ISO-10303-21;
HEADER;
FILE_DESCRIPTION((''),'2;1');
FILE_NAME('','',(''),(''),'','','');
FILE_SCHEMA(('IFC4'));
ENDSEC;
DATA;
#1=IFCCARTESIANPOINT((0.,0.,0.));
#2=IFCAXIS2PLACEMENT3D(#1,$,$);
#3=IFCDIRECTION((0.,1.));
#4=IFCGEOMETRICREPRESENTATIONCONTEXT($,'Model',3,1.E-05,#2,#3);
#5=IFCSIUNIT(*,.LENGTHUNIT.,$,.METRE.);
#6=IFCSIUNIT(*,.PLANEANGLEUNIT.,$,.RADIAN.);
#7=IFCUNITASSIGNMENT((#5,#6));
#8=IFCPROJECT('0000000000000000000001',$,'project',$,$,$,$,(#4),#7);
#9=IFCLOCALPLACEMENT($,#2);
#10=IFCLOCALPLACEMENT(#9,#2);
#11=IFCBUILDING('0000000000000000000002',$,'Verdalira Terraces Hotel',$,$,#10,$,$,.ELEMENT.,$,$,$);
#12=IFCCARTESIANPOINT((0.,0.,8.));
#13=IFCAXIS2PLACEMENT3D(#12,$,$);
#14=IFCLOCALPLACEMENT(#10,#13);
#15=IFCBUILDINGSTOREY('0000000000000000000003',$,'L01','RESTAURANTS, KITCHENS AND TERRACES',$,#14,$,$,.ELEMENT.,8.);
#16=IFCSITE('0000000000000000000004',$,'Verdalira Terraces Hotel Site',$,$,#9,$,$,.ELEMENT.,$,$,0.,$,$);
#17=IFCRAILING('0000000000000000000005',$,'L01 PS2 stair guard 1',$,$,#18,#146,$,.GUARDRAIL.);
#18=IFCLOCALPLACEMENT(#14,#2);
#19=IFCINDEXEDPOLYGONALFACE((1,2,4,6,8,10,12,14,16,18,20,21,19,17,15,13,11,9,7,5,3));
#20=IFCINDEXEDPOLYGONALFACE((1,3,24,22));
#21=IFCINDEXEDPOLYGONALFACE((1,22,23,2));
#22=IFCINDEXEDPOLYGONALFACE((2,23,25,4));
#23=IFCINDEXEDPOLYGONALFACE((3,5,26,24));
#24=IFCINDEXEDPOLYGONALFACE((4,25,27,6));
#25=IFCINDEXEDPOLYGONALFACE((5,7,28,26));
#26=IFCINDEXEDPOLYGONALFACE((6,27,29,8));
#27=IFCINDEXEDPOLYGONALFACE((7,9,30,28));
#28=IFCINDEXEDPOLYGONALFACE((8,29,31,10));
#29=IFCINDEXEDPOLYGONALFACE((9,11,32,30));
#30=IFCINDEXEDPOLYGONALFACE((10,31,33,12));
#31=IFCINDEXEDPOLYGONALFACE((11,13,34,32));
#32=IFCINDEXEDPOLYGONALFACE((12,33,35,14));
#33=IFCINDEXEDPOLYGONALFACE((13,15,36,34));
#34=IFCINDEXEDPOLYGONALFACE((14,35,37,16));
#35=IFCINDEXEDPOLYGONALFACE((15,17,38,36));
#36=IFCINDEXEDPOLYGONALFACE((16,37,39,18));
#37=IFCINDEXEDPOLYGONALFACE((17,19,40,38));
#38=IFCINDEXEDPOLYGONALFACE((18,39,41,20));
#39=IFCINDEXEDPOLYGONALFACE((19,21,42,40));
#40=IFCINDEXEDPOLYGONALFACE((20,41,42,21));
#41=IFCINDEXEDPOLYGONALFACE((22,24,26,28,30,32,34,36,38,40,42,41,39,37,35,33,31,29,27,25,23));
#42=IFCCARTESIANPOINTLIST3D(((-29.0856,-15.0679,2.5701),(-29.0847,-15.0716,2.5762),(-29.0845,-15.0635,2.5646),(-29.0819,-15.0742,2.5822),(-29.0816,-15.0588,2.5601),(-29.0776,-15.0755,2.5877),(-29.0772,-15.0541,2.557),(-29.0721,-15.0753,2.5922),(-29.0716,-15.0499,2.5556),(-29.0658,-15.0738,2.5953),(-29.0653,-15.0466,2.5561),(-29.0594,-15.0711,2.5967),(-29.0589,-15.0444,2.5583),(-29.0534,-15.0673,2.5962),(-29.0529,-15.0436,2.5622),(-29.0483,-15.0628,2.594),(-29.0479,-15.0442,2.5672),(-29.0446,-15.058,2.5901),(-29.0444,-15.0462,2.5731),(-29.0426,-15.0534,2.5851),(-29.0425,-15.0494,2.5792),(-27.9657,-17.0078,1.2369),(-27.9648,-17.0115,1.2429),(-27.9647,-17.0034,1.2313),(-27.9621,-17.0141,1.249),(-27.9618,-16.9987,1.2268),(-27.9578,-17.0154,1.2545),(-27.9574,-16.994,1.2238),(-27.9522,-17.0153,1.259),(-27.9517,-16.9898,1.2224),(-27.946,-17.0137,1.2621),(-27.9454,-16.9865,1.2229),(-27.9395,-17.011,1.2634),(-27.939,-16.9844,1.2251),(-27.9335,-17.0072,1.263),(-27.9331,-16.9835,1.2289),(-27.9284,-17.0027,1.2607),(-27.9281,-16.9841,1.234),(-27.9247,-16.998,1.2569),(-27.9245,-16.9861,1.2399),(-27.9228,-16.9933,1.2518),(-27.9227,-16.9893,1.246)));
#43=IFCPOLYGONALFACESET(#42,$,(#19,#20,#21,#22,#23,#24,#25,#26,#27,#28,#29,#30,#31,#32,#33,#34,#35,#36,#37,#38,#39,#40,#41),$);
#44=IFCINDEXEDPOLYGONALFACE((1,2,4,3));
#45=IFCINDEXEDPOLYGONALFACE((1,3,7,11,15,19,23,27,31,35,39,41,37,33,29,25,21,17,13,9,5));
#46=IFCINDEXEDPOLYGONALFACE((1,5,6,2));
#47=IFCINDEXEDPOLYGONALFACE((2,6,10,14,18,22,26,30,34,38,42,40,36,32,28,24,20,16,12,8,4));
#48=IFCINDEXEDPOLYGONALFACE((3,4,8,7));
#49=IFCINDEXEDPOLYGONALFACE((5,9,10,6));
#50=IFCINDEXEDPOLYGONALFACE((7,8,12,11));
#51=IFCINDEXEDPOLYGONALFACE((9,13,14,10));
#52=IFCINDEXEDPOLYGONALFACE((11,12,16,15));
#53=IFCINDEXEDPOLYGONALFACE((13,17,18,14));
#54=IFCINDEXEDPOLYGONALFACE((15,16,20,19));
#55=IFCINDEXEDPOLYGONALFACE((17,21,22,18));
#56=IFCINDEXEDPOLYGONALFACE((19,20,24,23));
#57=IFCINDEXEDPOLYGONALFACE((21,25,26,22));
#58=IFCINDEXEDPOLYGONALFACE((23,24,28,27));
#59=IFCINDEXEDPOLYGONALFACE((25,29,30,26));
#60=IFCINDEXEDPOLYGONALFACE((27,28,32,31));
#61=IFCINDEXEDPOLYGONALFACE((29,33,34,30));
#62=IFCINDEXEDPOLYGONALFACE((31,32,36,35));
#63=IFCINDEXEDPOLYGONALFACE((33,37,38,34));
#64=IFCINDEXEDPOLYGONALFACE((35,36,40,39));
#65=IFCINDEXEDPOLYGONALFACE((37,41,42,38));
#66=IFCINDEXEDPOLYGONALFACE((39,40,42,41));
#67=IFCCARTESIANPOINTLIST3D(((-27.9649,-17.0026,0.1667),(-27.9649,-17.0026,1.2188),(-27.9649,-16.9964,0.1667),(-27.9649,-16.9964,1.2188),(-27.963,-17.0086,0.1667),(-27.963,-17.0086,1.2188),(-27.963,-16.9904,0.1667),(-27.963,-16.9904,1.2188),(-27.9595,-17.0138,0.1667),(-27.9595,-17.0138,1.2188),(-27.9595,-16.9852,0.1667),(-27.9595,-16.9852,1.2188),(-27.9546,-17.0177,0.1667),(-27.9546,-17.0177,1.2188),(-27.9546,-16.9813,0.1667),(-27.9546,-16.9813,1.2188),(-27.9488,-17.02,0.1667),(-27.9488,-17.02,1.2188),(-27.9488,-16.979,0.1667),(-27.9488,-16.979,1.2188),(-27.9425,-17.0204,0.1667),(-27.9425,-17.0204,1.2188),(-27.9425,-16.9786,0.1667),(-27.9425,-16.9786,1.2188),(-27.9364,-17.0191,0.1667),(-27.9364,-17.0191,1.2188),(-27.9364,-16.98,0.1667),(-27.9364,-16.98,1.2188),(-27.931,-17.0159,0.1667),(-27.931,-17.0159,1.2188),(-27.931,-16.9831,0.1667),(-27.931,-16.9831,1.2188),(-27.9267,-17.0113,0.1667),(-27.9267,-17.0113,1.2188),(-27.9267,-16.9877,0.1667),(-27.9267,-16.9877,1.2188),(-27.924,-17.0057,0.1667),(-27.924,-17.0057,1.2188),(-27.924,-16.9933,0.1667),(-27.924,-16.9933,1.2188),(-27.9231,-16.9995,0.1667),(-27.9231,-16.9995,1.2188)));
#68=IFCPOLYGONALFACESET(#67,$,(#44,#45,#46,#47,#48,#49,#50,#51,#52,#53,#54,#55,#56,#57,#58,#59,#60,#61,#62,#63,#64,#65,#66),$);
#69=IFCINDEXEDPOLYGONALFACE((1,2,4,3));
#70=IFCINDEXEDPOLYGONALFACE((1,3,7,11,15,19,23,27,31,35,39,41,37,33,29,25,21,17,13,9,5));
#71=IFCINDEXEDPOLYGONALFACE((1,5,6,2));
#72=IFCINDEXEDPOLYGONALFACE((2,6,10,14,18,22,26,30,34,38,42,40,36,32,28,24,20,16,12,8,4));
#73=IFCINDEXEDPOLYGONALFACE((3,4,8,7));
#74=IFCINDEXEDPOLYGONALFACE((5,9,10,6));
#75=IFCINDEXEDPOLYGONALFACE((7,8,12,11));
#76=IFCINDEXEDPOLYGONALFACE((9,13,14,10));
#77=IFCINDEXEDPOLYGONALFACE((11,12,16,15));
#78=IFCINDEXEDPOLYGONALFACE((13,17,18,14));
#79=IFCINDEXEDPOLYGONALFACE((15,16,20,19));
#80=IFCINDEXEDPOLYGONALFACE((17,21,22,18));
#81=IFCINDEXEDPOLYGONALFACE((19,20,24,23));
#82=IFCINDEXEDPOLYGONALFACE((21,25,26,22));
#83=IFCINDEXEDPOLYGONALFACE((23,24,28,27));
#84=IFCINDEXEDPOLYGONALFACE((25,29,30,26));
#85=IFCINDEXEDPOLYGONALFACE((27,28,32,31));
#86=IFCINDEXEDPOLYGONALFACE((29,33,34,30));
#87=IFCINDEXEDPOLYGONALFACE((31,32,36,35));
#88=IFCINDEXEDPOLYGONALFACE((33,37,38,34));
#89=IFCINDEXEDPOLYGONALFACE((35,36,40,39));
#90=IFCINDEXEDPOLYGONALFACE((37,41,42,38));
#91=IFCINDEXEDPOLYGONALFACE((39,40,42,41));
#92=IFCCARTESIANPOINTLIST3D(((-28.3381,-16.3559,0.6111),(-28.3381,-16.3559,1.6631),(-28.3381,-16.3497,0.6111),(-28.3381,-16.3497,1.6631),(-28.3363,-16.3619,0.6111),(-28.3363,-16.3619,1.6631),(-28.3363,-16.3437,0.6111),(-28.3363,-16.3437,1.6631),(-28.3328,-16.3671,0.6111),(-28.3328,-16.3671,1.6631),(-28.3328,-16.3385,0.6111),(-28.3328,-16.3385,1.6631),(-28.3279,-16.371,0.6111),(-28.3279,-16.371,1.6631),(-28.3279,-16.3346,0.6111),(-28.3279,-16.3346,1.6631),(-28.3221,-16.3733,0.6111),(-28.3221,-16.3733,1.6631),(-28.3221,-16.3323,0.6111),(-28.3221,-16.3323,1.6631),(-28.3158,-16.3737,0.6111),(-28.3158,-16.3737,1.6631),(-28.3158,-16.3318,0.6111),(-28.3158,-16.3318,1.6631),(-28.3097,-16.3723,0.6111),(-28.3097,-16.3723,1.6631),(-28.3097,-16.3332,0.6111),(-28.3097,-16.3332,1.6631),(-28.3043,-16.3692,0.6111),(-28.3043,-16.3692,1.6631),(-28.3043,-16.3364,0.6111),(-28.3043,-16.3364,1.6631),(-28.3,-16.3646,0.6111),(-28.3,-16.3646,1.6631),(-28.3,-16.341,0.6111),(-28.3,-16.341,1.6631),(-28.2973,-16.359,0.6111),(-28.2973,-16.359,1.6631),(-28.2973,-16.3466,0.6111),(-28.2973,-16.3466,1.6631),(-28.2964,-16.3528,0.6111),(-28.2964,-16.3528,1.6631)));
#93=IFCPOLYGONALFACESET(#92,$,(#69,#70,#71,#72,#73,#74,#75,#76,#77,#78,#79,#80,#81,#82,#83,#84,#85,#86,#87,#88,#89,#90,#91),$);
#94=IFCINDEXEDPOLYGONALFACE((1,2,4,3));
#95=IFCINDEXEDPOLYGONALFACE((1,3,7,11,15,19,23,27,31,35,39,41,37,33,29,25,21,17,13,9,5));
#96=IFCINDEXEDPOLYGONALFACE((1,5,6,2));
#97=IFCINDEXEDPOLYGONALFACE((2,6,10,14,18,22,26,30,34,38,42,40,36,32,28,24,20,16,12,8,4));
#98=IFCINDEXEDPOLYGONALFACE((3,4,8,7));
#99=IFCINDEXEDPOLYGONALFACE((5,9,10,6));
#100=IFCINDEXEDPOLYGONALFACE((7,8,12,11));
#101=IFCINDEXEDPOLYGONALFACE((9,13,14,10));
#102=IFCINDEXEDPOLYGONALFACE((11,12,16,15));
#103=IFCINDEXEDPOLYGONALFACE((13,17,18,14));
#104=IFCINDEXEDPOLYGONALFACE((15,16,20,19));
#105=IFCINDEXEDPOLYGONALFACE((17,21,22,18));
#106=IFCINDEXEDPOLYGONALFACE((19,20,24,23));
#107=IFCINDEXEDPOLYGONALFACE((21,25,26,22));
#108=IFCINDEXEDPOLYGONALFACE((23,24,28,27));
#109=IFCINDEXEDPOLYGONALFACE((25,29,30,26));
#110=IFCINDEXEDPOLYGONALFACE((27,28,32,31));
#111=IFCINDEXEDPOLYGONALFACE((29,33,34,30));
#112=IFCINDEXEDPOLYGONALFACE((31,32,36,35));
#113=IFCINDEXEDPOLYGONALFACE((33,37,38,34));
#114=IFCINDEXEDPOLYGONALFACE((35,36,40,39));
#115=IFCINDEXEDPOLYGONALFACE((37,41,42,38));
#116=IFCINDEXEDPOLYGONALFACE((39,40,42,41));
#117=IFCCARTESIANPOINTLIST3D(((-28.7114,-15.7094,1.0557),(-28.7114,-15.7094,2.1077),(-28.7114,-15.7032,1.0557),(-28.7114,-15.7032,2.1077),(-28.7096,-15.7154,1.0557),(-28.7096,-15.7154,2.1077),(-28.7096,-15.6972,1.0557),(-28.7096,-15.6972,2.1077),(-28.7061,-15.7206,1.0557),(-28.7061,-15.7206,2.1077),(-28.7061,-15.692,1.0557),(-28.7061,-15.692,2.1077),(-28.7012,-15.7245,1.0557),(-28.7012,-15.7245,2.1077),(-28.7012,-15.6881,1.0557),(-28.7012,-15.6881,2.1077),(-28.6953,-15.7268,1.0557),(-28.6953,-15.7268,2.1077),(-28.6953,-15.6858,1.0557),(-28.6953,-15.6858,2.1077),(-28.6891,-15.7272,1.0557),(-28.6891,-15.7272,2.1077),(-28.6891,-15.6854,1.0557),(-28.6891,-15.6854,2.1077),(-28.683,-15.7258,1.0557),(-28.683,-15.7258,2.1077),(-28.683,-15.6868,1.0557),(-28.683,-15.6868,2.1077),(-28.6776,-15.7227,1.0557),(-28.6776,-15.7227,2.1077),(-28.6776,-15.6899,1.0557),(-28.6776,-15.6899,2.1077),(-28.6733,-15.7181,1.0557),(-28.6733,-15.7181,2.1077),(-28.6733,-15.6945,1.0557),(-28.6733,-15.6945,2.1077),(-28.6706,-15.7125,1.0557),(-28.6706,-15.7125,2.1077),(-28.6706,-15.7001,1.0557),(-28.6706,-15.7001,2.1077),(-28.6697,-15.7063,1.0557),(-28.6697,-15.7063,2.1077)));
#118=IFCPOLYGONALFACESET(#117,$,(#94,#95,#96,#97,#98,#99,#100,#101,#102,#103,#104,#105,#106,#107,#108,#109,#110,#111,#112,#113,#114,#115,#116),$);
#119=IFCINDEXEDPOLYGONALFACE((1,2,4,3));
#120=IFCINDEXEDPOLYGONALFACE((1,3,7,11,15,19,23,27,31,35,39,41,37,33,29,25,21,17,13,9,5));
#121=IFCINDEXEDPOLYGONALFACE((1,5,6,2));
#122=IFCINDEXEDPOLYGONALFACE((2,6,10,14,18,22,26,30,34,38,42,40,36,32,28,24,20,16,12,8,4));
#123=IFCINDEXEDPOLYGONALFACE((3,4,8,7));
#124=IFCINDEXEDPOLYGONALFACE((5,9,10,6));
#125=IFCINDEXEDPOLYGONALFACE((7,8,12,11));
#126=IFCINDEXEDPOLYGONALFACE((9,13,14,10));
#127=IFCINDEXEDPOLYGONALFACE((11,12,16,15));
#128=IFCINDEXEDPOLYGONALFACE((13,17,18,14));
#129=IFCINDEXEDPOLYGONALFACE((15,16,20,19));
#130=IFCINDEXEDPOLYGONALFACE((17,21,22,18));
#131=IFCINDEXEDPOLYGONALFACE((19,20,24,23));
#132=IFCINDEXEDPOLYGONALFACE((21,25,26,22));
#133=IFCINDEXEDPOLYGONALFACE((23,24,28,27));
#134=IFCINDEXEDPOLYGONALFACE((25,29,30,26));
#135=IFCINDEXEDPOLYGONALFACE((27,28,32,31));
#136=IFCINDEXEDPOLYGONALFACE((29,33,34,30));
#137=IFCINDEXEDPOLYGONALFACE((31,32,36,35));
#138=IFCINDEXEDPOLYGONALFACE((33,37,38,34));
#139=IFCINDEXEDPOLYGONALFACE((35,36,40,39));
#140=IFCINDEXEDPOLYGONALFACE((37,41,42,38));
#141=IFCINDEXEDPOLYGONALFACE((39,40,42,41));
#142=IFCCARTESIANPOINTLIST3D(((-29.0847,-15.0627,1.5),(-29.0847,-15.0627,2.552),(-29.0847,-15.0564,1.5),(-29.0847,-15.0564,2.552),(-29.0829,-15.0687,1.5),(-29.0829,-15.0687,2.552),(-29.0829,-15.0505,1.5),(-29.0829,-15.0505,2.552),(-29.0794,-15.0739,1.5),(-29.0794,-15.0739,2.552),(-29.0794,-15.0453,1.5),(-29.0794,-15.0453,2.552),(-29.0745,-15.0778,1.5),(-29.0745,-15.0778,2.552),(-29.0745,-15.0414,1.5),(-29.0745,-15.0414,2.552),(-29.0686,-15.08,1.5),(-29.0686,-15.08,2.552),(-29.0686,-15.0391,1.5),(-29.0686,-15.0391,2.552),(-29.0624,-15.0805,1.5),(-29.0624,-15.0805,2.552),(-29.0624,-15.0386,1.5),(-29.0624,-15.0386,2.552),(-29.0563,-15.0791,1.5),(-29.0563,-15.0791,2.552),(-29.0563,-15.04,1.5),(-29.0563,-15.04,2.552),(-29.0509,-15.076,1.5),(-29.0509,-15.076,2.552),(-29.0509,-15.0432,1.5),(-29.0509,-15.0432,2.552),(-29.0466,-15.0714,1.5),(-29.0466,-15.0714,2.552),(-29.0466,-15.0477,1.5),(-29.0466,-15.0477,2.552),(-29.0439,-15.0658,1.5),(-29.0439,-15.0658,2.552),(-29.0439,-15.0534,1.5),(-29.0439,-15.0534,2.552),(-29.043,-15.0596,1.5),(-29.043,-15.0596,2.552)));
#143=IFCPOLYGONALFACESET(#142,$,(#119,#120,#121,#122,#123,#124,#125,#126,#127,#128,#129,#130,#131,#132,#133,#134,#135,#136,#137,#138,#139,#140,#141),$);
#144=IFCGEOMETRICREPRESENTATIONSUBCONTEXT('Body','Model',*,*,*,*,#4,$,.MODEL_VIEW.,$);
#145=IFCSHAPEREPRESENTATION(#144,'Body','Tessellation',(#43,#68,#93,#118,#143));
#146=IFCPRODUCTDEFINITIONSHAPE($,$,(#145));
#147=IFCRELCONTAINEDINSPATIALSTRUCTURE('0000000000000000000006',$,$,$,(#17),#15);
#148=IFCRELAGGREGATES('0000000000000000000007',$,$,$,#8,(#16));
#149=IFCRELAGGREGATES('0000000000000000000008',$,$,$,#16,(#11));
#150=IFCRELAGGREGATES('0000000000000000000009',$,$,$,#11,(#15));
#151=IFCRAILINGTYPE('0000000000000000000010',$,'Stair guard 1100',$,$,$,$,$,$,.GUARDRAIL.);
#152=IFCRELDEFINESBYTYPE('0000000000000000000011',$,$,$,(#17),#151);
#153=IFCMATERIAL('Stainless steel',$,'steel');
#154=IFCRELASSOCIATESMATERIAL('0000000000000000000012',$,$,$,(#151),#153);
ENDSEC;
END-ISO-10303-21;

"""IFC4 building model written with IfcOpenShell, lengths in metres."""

from ifc_helpers import new_model, si_unit, direction, frame, origin, origin_2d, place, context, subcontext, project, spatial, circle, extrude, material, type_object, element, save


model = new_model("IFC4")

# Units and contexts
model_context = context("Model", 3, precision=1e-05, world=origin(), true_north=direction((0.0, 1.0)))
body_context = subcontext(model_context, "Body", "Model", "MODEL_VIEW")
ifc_project = project(units=[si_unit("LENGTHUNIT", "METRE"), si_unit("PLANEANGLEUNIT", "RADIAN")], contexts=[model_context])

# Site, building, storey
site_placement = place(None, origin())
site = spatial("IfcSite", under=ifc_project, at=site_placement, Name="Verdalira Terraces Hotel Site", CompositionType="ELEMENT", RefElevation=0.0)
building_placement = place(site_placement, origin())
building = spatial("IfcBuilding", under=site, at=building_placement, Name="Verdalira Terraces Hotel", CompositionType="ELEMENT")
storey_placement = place(building_placement, frame((0.0, 0.0, 8.0)))
storey = spatial("IfcBuildingStorey", under=building, at=storey_placement, Name="L01", Description="RESTAURANTS, KITCHENS AND TERRACES", CompositionType="ELEMENT", Elevation=8.0)

# Railing
ifc_material_1 = material(Name="Stainless steel", Category="steel")
railing_type_1 = type_object("IfcRailingType", Name="Stair guard 1100", PredefinedType="GUARDRAIL", material=ifc_material_1)
for number, where, name in (
    (1, (-27.9441, -16.9995, 0.1667), "L01 PS2 stair guard 1"),
):
    element("IfcRailing", number, at=place(storey_placement, frame(where)), inside=storey, type_object=railing_type_1, Name=name, PredefinedType="GUARDRAIL", context=body_context, shape_type="SweptSolid", body=[
        extrude(circle(Radius=0.0239, at=origin_2d()), frame((0.0, 0.0, 1.0762), z_axis=(-0.429608, 0.744205, 0.511465), x_axis=(-0.866055, -0.499949, 0.0)), (0.0, 0.0, 1.0), 2.6067),
        extrude(circle(Radius=0.021, at=origin_2d()), origin(), (0.0, 0.0, 1.0), 1.052),
        extrude(circle(Radius=0.021, at=origin_2d()), frame((-0.3733, 0.6467, 0.4443)), (0.0, 0.0, 1.0), 1.052),
        extrude(circle(Radius=0.021, at=origin_2d()), frame((-0.7466, 1.2932, 0.8889)), (0.0, 0.0, 1.0), 1.052),
        extrude(circle(Radius=0.021, at=origin_2d()), frame((-1.1199, 1.9399, 1.3333)), (0.0, 0.0, 1.0), 1.052),
    ])

save(model, "model.ifc")
